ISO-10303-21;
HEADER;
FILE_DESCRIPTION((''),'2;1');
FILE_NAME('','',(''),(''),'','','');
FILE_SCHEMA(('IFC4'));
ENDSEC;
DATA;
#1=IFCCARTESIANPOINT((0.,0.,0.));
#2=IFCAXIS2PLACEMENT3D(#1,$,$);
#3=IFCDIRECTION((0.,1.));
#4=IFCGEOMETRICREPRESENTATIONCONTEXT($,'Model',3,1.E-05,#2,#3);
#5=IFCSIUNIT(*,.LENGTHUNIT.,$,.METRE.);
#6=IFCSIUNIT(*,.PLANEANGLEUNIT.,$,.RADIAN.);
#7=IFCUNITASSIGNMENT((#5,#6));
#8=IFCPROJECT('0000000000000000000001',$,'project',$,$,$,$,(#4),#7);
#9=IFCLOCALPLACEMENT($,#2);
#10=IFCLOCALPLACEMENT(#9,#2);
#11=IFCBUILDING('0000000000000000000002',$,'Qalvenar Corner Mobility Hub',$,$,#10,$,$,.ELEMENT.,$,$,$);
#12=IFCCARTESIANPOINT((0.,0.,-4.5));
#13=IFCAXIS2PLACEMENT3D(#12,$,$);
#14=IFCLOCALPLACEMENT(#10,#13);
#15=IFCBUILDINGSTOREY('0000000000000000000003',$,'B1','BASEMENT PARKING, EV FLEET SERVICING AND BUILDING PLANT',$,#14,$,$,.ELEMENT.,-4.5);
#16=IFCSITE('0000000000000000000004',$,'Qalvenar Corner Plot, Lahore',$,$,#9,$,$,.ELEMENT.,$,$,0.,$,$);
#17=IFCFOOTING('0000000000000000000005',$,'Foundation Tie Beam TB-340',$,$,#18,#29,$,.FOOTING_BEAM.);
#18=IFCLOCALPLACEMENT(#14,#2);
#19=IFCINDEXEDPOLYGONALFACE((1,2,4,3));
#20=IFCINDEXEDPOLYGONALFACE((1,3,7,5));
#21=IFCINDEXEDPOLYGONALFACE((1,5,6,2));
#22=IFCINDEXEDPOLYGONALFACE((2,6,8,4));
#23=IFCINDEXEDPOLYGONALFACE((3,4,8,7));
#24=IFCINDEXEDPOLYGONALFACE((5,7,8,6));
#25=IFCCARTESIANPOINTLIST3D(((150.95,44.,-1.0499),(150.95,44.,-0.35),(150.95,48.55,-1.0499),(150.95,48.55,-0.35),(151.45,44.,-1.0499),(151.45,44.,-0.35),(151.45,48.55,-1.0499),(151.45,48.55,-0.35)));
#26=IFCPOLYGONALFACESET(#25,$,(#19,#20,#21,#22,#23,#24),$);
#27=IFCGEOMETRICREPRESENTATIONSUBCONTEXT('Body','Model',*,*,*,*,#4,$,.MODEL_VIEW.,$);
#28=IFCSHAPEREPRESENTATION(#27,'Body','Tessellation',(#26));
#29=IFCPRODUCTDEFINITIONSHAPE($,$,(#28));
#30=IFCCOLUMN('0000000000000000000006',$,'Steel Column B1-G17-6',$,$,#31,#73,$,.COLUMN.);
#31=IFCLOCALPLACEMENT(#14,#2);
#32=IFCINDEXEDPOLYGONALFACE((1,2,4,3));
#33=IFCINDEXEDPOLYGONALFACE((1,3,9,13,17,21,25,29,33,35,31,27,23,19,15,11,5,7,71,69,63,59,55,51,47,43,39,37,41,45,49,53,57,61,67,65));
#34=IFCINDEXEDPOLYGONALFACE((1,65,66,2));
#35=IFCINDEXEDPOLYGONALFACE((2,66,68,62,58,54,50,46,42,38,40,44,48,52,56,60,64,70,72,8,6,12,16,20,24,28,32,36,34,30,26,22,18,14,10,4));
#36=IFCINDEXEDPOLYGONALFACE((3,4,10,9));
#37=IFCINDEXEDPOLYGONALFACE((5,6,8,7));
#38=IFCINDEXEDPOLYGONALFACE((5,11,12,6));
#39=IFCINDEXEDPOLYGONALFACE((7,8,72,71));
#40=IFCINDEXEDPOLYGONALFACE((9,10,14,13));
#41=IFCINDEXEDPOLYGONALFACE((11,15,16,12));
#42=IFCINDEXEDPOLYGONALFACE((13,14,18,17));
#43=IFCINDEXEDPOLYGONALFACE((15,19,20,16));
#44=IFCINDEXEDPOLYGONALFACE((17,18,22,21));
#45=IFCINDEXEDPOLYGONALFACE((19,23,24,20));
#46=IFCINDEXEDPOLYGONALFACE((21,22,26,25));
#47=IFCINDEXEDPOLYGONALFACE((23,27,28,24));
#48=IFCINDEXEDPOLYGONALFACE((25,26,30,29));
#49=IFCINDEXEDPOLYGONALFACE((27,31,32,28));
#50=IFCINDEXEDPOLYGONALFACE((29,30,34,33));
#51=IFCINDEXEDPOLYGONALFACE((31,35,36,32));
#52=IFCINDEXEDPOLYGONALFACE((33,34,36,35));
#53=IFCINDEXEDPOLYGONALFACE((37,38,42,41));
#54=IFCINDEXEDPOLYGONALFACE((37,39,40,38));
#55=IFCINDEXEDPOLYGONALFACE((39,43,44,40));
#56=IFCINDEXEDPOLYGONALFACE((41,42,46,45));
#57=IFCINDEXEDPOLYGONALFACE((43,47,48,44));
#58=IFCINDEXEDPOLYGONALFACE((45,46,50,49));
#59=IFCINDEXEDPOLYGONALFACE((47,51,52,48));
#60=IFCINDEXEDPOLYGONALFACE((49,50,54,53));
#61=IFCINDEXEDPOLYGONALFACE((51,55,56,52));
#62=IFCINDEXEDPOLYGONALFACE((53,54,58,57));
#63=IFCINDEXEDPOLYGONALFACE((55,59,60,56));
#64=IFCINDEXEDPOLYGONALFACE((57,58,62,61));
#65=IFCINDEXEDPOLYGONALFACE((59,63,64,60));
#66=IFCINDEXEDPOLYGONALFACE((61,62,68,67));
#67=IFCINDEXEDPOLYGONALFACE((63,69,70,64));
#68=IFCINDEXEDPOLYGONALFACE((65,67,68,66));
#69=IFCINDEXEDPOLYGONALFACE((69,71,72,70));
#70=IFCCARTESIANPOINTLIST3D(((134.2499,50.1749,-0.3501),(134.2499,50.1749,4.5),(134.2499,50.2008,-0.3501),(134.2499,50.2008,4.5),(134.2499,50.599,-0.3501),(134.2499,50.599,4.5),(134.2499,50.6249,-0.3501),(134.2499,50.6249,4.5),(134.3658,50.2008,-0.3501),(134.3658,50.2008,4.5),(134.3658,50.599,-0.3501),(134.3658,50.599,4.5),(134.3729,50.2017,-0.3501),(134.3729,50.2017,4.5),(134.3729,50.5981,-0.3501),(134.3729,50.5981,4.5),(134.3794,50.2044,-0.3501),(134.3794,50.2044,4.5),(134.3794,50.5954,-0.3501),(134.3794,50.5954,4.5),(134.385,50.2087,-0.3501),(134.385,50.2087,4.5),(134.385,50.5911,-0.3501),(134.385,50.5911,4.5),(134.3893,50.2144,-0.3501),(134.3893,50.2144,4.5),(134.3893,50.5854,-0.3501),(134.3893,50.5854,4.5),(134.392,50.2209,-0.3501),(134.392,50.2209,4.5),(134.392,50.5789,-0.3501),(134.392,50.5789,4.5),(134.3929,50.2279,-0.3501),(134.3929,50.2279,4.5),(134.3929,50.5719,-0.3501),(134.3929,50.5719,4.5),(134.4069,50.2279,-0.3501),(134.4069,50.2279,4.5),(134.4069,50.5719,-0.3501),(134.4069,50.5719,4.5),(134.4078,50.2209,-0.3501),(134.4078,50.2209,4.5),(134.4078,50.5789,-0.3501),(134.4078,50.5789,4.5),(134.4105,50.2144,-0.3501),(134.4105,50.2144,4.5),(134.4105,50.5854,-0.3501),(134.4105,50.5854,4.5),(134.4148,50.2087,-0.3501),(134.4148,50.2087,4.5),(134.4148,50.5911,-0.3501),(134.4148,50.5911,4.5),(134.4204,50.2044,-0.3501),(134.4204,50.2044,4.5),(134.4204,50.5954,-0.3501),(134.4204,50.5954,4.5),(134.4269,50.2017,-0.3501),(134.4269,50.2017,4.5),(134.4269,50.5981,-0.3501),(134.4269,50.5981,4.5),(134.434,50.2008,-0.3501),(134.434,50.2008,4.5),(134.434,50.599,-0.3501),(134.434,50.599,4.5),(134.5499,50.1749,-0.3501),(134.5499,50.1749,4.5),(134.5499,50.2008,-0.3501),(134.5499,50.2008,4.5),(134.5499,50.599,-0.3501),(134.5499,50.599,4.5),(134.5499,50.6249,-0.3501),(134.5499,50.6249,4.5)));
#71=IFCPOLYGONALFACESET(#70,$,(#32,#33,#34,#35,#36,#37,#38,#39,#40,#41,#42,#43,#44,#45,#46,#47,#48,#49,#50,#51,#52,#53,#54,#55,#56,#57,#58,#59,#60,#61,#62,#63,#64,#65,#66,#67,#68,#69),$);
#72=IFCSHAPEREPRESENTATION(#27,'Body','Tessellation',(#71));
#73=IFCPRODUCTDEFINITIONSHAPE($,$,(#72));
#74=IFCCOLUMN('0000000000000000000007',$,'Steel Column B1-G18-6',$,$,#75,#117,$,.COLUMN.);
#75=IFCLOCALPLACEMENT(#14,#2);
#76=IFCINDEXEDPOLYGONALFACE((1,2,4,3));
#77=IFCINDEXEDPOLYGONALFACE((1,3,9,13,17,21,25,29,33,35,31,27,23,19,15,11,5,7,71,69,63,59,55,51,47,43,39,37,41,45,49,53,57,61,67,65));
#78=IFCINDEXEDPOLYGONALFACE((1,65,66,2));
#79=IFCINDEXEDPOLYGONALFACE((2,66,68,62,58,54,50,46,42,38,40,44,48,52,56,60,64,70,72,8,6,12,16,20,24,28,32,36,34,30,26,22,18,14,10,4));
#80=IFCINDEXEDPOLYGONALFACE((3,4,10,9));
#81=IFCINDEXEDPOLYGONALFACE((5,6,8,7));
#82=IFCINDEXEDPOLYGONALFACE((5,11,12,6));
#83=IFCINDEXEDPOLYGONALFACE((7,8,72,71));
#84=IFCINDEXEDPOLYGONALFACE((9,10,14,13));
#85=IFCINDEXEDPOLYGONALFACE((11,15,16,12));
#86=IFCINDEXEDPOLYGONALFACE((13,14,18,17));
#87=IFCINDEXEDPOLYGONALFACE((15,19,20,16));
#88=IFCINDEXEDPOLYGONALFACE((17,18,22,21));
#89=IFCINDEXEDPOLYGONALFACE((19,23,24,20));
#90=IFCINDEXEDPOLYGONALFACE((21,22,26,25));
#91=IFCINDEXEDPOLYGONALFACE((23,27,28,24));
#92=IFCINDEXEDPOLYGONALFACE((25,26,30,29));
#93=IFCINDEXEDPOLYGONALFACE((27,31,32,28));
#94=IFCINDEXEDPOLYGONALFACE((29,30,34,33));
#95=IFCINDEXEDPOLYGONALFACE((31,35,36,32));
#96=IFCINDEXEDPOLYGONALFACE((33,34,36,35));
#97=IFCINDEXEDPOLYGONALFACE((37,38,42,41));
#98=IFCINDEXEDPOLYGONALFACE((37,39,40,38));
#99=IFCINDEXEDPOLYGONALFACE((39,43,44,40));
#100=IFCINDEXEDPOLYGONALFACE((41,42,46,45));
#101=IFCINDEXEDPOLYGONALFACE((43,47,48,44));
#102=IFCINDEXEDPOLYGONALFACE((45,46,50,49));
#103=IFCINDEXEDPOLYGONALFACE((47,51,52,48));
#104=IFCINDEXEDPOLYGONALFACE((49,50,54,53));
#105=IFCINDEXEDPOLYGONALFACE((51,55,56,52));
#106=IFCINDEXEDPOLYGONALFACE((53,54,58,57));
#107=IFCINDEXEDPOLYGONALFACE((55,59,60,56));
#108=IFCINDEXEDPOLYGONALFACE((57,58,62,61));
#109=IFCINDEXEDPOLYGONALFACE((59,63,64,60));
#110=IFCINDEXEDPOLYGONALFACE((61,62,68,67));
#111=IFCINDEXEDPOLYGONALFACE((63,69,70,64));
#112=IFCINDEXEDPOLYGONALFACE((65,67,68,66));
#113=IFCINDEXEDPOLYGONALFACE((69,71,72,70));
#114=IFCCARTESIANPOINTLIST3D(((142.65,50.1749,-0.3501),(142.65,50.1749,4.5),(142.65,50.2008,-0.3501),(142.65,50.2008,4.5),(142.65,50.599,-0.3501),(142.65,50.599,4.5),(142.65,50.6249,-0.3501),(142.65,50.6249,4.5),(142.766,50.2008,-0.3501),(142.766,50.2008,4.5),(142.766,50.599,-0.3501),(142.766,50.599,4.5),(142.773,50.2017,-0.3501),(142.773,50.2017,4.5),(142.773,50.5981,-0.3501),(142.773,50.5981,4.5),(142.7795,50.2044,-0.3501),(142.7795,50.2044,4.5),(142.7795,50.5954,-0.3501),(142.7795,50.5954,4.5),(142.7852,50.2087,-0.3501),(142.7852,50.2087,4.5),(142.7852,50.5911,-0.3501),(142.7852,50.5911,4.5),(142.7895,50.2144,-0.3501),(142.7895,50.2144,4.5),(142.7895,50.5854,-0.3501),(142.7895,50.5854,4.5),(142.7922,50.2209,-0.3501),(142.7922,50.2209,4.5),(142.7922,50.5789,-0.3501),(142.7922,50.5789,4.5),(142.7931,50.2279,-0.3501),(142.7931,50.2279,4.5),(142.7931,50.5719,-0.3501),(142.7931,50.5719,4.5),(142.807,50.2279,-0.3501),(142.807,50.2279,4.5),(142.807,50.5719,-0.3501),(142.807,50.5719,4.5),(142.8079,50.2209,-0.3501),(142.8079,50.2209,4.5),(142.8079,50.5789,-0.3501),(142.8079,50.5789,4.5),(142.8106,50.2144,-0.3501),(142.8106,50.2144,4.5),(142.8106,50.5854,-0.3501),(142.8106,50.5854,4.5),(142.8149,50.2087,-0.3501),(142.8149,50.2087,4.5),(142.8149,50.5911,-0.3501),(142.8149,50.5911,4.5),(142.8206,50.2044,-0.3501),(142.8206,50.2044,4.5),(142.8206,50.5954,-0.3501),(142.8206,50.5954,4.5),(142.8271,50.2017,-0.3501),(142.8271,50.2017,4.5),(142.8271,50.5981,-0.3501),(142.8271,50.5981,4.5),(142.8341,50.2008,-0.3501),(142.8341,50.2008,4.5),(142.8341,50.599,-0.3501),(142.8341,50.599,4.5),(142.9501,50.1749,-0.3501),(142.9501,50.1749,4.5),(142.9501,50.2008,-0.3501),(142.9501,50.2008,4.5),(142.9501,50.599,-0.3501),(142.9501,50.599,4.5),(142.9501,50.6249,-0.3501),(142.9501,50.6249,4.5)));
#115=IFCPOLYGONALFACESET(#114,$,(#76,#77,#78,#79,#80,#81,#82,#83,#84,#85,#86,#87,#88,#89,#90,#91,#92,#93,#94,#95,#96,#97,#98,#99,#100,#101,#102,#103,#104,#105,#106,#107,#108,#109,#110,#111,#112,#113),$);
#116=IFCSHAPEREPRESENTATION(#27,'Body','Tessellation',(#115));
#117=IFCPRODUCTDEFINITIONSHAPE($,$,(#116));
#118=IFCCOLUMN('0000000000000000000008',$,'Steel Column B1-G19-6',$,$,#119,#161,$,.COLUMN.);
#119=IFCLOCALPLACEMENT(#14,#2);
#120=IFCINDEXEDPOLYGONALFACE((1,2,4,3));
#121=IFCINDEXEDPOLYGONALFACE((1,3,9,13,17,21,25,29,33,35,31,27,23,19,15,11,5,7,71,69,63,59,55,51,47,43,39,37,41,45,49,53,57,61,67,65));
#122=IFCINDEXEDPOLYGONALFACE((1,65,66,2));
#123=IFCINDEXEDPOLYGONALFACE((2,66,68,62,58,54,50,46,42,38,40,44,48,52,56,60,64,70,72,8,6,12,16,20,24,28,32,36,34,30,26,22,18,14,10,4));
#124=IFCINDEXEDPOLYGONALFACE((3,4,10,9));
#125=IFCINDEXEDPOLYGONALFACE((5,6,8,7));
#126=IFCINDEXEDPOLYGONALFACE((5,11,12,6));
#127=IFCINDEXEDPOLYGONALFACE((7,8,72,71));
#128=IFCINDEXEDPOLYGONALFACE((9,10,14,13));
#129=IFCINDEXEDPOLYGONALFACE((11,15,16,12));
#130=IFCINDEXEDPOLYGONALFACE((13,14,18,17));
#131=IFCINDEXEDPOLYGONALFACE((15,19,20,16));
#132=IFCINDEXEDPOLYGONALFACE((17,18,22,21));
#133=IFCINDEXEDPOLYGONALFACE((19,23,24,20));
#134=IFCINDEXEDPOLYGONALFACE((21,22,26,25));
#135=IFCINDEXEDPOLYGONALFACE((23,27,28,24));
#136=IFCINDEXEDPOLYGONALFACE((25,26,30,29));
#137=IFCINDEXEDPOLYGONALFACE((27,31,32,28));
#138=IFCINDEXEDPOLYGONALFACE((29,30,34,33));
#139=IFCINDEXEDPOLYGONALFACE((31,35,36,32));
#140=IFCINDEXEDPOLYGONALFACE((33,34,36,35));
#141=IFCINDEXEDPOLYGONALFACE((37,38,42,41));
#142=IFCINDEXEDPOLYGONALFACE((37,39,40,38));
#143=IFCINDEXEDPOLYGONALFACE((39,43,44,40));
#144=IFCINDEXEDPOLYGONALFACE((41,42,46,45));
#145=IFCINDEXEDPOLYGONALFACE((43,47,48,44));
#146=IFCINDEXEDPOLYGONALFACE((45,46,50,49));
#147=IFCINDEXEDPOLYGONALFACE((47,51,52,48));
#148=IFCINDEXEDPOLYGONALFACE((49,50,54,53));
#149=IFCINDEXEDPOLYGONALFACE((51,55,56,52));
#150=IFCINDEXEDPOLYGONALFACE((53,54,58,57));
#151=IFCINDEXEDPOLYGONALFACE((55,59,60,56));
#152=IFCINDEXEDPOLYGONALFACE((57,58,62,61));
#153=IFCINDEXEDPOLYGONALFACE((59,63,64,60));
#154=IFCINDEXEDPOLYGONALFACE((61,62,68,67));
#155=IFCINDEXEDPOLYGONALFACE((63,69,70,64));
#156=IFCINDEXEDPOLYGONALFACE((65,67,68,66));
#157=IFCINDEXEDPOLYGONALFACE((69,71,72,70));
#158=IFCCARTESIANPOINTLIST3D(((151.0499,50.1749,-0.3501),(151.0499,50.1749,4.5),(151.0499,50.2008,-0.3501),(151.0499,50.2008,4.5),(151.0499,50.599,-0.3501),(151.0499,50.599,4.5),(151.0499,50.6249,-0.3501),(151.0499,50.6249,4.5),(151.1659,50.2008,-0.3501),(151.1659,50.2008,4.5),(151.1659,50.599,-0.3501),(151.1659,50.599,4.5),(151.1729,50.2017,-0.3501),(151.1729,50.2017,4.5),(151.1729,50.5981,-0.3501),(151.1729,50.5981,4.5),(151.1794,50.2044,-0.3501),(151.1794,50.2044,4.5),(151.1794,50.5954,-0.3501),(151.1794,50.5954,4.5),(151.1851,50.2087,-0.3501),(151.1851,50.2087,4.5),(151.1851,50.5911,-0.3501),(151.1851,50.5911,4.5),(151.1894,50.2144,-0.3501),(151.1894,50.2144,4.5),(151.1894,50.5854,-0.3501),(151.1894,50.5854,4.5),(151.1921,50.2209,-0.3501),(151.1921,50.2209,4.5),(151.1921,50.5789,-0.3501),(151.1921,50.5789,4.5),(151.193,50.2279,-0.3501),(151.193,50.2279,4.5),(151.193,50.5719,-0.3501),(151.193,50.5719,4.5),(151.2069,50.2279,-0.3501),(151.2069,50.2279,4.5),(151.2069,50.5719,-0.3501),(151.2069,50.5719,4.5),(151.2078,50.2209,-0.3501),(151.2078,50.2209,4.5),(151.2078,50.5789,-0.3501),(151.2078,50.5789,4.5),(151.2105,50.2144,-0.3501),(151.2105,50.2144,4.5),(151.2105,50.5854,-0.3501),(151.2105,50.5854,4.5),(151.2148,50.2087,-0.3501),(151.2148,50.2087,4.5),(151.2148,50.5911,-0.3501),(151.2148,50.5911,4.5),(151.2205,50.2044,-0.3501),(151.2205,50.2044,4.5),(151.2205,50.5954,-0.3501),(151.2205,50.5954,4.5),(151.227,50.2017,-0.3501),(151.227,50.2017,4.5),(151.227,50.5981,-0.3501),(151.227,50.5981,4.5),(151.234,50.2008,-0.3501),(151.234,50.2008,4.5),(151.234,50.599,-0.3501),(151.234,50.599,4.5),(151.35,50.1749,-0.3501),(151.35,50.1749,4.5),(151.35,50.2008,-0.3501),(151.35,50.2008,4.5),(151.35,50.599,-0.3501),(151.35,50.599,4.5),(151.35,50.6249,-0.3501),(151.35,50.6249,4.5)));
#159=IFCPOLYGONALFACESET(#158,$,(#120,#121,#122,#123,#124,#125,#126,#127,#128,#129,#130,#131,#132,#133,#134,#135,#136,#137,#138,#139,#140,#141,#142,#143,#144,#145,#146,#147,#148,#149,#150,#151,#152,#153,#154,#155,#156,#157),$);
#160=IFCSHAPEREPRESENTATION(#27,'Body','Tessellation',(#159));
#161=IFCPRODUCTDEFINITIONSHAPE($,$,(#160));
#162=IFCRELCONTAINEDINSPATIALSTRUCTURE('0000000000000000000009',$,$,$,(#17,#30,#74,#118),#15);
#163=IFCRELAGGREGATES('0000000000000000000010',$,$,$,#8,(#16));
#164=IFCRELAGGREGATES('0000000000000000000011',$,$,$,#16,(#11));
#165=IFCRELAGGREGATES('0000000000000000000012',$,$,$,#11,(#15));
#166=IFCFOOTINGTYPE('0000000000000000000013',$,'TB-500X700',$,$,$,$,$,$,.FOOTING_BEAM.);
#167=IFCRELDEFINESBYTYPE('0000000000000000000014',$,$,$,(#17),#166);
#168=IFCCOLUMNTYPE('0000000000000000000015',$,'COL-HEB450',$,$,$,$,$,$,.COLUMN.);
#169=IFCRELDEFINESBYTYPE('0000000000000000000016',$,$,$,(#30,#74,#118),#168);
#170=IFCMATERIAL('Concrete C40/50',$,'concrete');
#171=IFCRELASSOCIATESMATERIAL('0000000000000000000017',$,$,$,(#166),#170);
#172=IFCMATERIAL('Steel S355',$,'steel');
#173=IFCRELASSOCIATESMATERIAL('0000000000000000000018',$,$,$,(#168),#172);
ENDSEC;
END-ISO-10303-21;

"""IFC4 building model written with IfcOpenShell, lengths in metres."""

from ifc_helpers import new_model, si_unit, direction, frame, origin, origin_2d, place, context, subcontext, project, spatial, rectangle, i_section, extrude, material, material_profile, profile_set, type_object, element, save


model = new_model("IFC4")

# Units and contexts
model_context = context("Model", 3, precision=1e-05, world=origin(), true_north=direction((0.0, 1.0)))
body_context = subcontext(model_context, "Body", "Model", "MODEL_VIEW")
ifc_project = project(units=[si_unit("LENGTHUNIT", "METRE"), si_unit("PLANEANGLEUNIT", "RADIAN")], contexts=[model_context])

# Site, building, storey
site_placement = place(None, origin())
site = spatial("IfcSite", under=ifc_project, at=site_placement, Name="Qalvenar Corner Plot, Lahore", CompositionType="ELEMENT", RefElevation=0.0)
building_placement = place(site_placement, origin())
building = spatial("IfcBuilding", under=site, at=building_placement, Name="Qalvenar Corner Mobility Hub", CompositionType="ELEMENT")
storey_placement = place(building_placement, frame((0.0, 0.0, -4.5)))
storey = spatial("IfcBuildingStorey", under=building, at=storey_placement, Name="B1", Description="BASEMENT PARKING, EV FLEET SERVICING AND BUILDING PLANT", CompositionType="ELEMENT", Elevation=-4.5)

# Shared definitions
ifc_material_1 = material(Name="Concrete C40/50", Category="concrete")

# Footing
ifc_material_profile_1 = material_profile(ifc_material_1, rectangle(XDim=0.5, YDim=0.7, at=origin_2d()), Name="RC500x700")
ifc_profile_set_1 = profile_set([ifc_material_profile_1], Name="Concrete C40/50")
footing_type_1 = type_object("IfcFootingType", Name="TB-500X700", PredefinedType="FOOTING_BEAM", material=ifc_profile_set_1)
footing_1_placement = place(storey_placement, frame((151.2, 44.0, -0.7), z_axis=(0.0, 1.0, 0.0), x_axis=(-1.0, 0.0, 0.0)))
element("IfcFooting", 1, at=footing_1_placement, inside=storey, type_object=footing_type_1, Name="Foundation Tie Beam TB-340", PredefinedType="FOOTING_BEAM", context=body_context, shape_type="SweptSolid", body=[
    extrude(rectangle(XDim=0.5, YDim=0.7, at=origin_2d()), origin(), (0.0, 0.0, 1.0), 4.55),
])

# Columns
ifc_material_2 = material(Name="Steel S355", Category="steel")
ifc_material_profile_2 = material_profile(ifc_material_2, i_section(OverallWidth=0.3, OverallDepth=0.45, WebThickness=0.0139, FlangeThickness=0.0259, FilletRadius=0.0271, at=origin_2d()), Name="HEB450")
ifc_profile_set_2 = profile_set([ifc_material_profile_2], Name="Steel S355")
column_type_1 = type_object("IfcColumnType", Name="COL-HEB450", PredefinedType="COLUMN", material=ifc_profile_set_2)
for number, where, z_axis, x_axis, name in (
    (2, (134.3999, 50.3999, -0.3501), (0.0, 0.0, 1.0), (1.0, 0.0, 0.0), "Steel Column B1-G17-6"),
    (3, (142.8, 50.3999, -0.3501), (0.0, 0.0, 1.0), (1.0, 0.0, 0.0), "Steel Column B1-G18-6"),
    (4, (151.2, 50.3999, -0.3501), (0.0, 0.0, 1.0), (1.0, 0.0, 0.0), "Steel Column B1-G19-6"),
):
    element("IfcColumn", number, at=place(storey_placement, frame(where, z_axis=z_axis, x_axis=x_axis)), inside=storey, type_object=column_type_1, Name=name, PredefinedType="COLUMN", context=body_context, shape_type="SweptSolid", body=[
        extrude(i_section(OverallWidth=0.3, OverallDepth=0.45, WebThickness=0.0139, FlangeThickness=0.0259, FilletRadius=0.0271, at=origin_2d()), origin(), (0.0, 0.0, 1.0), 4.8501),
    ])

save(model, "model.ifc")
